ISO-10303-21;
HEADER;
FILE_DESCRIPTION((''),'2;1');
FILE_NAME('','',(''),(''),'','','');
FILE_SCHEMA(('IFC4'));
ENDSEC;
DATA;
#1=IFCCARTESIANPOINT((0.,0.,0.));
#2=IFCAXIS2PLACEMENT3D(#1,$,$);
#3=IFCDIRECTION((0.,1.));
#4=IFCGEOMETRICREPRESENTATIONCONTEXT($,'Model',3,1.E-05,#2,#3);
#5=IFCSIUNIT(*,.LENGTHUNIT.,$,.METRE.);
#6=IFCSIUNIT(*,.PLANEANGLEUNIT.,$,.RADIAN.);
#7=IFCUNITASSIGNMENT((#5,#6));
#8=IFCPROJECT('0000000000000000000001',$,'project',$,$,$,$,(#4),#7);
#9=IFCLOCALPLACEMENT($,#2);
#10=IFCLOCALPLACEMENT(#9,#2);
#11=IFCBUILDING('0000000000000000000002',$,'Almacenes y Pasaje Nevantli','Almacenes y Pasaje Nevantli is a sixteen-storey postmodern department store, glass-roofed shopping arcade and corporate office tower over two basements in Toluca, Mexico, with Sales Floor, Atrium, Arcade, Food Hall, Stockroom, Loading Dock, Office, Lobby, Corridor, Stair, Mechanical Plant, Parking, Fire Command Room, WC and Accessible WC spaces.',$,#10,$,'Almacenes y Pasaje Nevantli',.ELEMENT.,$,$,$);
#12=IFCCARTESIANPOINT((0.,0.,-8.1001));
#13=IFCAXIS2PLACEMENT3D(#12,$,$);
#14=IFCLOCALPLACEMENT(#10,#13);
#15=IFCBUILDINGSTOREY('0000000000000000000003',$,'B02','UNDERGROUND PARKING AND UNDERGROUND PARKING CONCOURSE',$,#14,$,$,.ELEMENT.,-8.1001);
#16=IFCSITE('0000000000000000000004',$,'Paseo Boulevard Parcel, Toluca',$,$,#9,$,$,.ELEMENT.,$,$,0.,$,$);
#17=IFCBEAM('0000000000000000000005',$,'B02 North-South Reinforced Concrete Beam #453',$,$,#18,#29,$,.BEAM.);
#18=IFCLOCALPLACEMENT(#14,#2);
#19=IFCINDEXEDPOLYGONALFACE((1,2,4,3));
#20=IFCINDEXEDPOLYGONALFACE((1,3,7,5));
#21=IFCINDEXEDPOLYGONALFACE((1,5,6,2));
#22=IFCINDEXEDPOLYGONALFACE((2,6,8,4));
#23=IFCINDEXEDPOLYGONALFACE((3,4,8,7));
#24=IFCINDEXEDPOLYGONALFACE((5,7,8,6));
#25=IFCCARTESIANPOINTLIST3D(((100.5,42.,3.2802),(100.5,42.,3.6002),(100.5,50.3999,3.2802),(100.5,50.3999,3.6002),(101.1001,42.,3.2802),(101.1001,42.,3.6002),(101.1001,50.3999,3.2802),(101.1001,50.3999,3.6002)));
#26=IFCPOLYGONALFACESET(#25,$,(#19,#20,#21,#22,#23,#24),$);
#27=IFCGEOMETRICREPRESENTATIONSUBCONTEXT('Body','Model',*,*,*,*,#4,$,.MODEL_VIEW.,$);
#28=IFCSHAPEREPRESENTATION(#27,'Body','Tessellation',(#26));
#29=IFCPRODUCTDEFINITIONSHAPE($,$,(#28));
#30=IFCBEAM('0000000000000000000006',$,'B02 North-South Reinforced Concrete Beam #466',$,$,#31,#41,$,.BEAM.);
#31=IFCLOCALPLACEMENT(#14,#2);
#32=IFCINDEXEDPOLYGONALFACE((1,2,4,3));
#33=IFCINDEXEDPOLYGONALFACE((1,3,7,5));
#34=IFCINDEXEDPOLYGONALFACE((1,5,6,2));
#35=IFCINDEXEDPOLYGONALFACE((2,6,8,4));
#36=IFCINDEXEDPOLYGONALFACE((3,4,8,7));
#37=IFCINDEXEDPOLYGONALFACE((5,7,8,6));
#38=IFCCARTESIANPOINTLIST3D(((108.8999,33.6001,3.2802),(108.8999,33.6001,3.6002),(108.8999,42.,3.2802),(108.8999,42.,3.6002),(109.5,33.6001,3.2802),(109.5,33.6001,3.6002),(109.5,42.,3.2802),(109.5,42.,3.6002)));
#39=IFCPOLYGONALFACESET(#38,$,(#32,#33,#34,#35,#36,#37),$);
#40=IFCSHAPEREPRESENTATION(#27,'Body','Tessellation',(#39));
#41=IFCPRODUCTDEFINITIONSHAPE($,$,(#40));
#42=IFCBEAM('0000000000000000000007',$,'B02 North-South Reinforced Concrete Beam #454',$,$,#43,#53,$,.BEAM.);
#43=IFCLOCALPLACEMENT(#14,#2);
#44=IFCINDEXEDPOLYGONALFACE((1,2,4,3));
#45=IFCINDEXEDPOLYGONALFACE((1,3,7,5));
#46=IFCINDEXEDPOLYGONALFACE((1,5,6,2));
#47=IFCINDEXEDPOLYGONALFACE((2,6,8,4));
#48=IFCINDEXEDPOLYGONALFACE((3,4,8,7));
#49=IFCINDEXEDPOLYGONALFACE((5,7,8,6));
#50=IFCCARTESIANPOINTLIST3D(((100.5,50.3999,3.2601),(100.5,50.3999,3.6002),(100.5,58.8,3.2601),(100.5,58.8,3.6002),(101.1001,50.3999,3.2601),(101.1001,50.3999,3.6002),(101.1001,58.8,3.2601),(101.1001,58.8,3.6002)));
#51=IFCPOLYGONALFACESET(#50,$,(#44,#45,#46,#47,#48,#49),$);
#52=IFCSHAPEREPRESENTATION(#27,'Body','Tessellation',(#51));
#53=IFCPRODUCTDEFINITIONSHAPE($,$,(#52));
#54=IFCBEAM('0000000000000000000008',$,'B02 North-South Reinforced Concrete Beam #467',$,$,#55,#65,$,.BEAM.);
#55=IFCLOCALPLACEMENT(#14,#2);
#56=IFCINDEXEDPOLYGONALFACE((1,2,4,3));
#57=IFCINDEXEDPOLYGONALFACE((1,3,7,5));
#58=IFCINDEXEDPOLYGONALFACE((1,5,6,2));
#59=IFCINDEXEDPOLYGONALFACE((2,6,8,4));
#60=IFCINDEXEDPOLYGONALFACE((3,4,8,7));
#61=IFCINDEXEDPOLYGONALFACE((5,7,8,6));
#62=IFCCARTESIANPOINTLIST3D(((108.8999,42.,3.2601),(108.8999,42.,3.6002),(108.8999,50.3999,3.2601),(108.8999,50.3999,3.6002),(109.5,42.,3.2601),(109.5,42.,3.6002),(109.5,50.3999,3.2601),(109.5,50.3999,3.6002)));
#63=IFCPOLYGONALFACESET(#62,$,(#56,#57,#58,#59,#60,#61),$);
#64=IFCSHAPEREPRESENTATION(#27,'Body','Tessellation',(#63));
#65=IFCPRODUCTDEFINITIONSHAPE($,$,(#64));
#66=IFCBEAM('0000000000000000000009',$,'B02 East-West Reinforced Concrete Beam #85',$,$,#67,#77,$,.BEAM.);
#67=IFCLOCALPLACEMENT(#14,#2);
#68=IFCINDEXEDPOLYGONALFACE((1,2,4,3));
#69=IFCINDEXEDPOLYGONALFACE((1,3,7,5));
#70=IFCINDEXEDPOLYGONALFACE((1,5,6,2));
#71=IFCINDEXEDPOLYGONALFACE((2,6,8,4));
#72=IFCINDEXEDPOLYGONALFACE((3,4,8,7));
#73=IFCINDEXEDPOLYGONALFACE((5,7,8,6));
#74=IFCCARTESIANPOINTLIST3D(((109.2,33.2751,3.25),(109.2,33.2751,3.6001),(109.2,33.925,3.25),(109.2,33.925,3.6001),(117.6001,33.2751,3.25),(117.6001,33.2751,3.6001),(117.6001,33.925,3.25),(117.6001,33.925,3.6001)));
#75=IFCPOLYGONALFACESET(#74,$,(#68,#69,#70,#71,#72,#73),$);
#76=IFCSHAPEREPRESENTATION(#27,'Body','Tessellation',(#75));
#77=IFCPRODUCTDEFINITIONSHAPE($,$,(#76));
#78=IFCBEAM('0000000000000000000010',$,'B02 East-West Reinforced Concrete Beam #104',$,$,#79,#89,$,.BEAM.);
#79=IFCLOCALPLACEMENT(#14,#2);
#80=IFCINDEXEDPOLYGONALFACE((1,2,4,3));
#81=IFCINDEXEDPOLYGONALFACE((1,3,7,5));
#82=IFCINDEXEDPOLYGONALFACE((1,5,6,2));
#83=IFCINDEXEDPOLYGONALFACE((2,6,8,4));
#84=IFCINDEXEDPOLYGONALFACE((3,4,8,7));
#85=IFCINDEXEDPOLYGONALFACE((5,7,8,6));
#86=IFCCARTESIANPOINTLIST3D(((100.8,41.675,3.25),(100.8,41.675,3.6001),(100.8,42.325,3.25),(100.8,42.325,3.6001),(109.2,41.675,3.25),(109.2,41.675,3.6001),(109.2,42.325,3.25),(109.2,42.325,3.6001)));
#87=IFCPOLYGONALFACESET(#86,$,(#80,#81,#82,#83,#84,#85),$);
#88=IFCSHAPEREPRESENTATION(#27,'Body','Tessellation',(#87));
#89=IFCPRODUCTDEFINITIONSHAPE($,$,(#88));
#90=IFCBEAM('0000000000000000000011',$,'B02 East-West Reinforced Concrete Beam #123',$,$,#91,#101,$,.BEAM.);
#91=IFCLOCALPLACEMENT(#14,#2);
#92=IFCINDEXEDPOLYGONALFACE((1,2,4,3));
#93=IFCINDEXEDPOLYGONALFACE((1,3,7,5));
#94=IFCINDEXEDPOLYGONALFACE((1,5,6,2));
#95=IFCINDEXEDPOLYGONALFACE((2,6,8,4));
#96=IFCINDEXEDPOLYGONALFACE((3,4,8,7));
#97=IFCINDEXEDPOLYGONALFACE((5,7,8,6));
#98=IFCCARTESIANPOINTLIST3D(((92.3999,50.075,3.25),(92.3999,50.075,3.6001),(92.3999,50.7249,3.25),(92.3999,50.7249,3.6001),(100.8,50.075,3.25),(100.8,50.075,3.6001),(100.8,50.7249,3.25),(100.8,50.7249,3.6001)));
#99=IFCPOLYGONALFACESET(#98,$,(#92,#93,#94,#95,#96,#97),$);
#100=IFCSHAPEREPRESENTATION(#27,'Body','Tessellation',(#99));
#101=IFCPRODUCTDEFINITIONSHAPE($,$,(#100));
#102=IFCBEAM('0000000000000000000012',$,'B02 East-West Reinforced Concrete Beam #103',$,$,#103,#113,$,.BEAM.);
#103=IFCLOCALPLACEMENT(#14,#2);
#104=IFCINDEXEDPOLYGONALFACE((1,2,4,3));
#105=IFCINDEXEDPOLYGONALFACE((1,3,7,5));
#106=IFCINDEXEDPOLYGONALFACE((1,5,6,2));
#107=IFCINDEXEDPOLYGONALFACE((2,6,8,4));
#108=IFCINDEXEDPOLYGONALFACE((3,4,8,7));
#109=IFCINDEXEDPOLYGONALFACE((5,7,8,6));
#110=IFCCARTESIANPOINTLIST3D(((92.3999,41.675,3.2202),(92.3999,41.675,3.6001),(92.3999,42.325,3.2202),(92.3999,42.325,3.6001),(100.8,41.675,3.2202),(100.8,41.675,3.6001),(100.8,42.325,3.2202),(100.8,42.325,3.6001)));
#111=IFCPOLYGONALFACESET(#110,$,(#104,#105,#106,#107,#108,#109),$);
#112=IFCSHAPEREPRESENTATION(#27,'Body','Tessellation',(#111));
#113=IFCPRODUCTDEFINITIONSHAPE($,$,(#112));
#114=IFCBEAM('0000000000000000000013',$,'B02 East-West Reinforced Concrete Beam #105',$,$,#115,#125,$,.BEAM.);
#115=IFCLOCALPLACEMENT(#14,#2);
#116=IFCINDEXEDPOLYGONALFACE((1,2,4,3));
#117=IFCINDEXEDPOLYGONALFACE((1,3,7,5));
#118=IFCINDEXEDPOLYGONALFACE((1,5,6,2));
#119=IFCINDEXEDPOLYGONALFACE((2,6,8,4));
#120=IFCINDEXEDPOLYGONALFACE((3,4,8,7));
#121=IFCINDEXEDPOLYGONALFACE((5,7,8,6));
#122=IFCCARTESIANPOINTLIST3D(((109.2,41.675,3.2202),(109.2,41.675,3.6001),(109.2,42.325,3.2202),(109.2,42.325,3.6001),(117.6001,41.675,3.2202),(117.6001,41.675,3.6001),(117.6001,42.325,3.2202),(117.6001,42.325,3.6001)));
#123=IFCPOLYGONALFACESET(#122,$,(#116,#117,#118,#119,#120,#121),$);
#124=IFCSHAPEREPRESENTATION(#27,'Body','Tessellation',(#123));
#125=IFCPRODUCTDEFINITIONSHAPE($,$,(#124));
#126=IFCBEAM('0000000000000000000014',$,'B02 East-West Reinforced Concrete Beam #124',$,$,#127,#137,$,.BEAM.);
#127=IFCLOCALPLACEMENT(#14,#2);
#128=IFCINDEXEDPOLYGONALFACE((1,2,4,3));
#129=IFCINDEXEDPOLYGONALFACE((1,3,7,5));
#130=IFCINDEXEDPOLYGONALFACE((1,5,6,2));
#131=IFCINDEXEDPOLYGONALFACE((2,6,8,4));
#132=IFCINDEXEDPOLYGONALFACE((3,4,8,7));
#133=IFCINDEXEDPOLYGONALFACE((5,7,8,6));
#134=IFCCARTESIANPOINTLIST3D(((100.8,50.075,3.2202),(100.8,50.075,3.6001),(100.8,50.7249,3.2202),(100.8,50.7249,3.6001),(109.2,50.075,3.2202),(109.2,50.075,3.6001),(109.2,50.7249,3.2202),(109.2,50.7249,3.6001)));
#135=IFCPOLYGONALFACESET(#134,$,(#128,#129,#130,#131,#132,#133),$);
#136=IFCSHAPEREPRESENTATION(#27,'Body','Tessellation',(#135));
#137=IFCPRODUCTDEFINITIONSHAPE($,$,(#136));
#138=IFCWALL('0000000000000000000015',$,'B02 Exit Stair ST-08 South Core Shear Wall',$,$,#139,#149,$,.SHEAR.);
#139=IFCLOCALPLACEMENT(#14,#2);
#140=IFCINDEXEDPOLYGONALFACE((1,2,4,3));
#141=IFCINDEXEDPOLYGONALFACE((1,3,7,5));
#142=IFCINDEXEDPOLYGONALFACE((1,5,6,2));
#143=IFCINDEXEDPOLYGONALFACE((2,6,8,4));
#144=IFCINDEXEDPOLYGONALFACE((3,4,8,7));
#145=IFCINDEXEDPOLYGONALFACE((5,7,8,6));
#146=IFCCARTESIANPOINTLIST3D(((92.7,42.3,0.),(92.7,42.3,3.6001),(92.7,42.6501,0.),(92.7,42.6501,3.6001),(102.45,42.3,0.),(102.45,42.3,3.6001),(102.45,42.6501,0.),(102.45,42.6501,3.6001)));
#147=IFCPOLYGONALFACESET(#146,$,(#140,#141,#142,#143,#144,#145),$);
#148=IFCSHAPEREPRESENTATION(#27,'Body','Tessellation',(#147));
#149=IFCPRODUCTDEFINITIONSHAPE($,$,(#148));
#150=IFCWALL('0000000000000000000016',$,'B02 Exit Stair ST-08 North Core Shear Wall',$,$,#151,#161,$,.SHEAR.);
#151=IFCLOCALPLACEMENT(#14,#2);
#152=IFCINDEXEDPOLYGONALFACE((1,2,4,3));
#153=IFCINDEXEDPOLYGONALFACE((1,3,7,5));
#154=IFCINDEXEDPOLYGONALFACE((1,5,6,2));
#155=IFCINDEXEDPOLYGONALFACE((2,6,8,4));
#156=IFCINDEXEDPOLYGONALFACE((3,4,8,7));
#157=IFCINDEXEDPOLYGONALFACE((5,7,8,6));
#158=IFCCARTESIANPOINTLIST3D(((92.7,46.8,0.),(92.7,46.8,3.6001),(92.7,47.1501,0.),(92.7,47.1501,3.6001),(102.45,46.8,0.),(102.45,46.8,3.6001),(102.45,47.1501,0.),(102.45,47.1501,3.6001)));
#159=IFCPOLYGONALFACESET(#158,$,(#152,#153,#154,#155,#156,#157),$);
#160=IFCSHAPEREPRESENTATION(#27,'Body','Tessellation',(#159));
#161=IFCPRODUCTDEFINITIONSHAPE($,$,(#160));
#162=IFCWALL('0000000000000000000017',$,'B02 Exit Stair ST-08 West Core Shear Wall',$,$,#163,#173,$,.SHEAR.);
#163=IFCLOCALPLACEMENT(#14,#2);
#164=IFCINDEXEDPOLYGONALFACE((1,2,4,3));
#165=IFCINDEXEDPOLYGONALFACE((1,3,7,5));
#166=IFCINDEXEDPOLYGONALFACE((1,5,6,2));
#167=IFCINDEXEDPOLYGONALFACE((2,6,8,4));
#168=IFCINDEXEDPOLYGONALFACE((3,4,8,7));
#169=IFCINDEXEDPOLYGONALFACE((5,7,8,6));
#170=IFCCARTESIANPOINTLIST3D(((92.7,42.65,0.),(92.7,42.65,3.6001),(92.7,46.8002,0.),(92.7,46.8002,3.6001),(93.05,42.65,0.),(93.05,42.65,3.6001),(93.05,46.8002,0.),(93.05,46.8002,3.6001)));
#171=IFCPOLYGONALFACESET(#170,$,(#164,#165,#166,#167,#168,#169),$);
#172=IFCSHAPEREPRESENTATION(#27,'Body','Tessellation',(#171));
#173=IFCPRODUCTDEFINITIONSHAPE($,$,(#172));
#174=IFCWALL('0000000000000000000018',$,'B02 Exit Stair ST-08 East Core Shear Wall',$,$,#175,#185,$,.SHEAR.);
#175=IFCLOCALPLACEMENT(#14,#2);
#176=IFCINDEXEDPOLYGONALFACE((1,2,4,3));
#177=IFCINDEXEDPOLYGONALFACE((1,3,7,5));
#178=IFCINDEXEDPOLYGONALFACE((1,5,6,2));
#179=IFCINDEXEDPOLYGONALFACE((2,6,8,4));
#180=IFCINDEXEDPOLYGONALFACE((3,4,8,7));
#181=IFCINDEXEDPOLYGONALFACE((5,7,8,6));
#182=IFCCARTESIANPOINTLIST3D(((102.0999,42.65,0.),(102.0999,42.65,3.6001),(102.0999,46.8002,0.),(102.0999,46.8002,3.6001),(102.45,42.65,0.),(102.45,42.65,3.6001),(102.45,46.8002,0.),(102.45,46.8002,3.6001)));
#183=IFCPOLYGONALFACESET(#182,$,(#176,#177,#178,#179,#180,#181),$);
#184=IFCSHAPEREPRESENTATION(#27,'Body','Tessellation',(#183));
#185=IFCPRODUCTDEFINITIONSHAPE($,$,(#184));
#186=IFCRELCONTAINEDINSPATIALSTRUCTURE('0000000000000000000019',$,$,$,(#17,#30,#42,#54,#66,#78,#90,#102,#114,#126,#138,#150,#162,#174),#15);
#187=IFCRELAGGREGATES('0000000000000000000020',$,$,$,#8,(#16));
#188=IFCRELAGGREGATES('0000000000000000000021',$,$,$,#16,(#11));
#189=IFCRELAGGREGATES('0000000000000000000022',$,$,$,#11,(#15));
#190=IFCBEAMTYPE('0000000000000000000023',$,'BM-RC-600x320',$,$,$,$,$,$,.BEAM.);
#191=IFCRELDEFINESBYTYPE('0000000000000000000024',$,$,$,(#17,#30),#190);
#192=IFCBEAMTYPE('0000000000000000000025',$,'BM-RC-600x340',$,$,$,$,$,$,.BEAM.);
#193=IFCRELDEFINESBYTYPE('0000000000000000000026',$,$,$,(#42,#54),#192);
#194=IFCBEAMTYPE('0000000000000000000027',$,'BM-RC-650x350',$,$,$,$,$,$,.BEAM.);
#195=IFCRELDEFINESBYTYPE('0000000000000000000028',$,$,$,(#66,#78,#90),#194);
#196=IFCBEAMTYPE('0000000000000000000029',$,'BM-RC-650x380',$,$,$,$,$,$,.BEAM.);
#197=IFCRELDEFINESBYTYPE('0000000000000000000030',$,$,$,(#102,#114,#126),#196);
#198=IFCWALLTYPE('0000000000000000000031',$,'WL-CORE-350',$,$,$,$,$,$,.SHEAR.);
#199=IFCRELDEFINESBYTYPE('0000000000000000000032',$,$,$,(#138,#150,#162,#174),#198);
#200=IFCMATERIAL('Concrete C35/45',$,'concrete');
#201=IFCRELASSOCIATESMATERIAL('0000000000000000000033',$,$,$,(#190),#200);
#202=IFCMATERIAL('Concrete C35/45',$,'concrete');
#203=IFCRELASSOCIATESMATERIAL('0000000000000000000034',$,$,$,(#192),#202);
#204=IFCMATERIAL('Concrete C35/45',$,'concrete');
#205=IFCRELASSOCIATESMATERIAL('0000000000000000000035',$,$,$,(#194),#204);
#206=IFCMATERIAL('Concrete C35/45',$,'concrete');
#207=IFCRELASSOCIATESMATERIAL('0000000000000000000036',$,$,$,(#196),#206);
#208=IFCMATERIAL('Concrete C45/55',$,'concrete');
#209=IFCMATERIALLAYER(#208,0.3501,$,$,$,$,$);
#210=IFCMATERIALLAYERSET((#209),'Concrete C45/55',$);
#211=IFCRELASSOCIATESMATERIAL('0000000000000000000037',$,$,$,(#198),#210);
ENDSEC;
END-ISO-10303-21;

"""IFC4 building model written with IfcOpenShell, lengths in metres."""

from ifc_helpers import new_model, si_unit, direction, frame, frame_2d, origin, origin_2d, place, context, subcontext, project, spatial, rectangle, extrude, material, layer, layer_set, material_profile, profile_set, type_object, element, save


model = new_model("IFC4")

# Units and contexts
model_context = context("Model", 3, precision=1e-05, world=origin(), true_north=direction((0.0, 1.0)))
body_context = subcontext(model_context, "Body", "Model", "MODEL_VIEW")
ifc_project = project(units=[si_unit("LENGTHUNIT", "METRE"), si_unit("PLANEANGLEUNIT", "RADIAN")], contexts=[model_context])

# Site, building, storey
site_placement = place(None, origin())
site = spatial("IfcSite", under=ifc_project, at=site_placement, Name="Paseo Boulevard Parcel, Toluca", CompositionType="ELEMENT", RefElevation=0.0)
building_placement = place(site_placement, origin())
building = spatial("IfcBuilding", under=site, at=building_placement, Name="Almacenes y Pasaje Nevantli", Description="Almacenes y Pasaje Nevantli is a sixteen-storey postmodern department store, glass-roofed shopping arcade and corporate office tower over two basements in Toluca, Mexico, with Sales Floor, Atrium, Arcade, Food Hall, Stockroom, Loading Dock, Office, Lobby, Corridor, Stair, Mechanical Plant, Parking, Fire Command Room, WC and Accessible WC spaces.", LongName="Almacenes y Pasaje Nevantli", CompositionType="ELEMENT")
storey_placement = place(building_placement, frame((0.0, 0.0, -8.1001)))
storey = spatial("IfcBuildingStorey", under=building, at=storey_placement, Name="B02", Description="UNDERGROUND PARKING AND UNDERGROUND PARKING CONCOURSE", CompositionType="ELEMENT", Elevation=-8.1001)

# Beams
ifc_material_1 = material(Name="Concrete C35/45", Category="concrete")
ifc_material_profile_1 = material_profile(ifc_material_1, rectangle(XDim=0.6001, YDim=0.3201, at=origin_2d()), Name="RC-BM-600x320")
ifc_profile_set_1 = profile_set([ifc_material_profile_1], Name="Concrete C35/45")
beam_type_1 = type_object("IfcBeamType", Name="BM-RC-600x320", PredefinedType="BEAM", material=ifc_profile_set_1)
for number, where, z_axis, x_axis, name in (
    (1, (100.8, 42.0, 3.4402), (0.0, 1.0, 0.0), (-1.0, 0.0, 0.0), "B02 North-South Reinforced Concrete Beam #453"),
    (2, (109.2, 33.6001, 3.4402), (0.0, 1.0, 0.0), (-1.0, 0.0, 0.0), "B02 North-South Reinforced Concrete Beam #466"),
):
    element("IfcBeam", number, at=place(storey_placement, frame(where, z_axis=z_axis, x_axis=x_axis)), inside=storey, type_object=beam_type_1, Name=name, PredefinedType="BEAM", context=body_context, shape_type="SweptSolid", body=[
        extrude(rectangle(XDim=0.6001, YDim=0.3201, at=origin_2d()), origin(), (0.0, 0.0, 1.0), 8.3999),
    ])
ifc_material_2 = material(Name="Concrete C35/45", Category="concrete")
ifc_material_profile_2 = material_profile(ifc_material_2, rectangle(XDim=0.6001, YDim=0.3401, at=origin_2d()), Name="RC-BM-600x340")
ifc_profile_set_2 = profile_set([ifc_material_profile_2], Name="Concrete C35/45")
beam_type_2 = type_object("IfcBeamType", Name="BM-RC-600x340", PredefinedType="BEAM", material=ifc_profile_set_2)
beam_1_placement = place(storey_placement, frame((100.8, 50.3999, 3.4302), z_axis=(0.0, 1.0, 0.0), x_axis=(-1.0, 0.0, 0.0)))
element("IfcBeam", 3, at=beam_1_placement, inside=storey, type_object=beam_type_2, Name="B02 North-South Reinforced Concrete Beam #454", PredefinedType="BEAM", context=body_context, shape_type="SweptSolid", body=[
    extrude(rectangle(XDim=0.6001, YDim=0.3401, at=origin_2d()), origin(), (0.0, 0.0, 1.0), 8.4001),
])
beam_2_placement = place(storey_placement, frame((109.2, 42.0, 3.4302), z_axis=(0.0, 1.0, 0.0), x_axis=(-1.0, 0.0, 0.0)))
element("IfcBeam", 4, at=beam_2_placement, inside=storey, type_object=beam_type_2, Name="B02 North-South Reinforced Concrete Beam #467", PredefinedType="BEAM", context=body_context, shape_type="SweptSolid", body=[
    extrude(rectangle(XDim=0.6001, YDim=0.3401, at=origin_2d()), origin(), (0.0, 0.0, 1.0), 8.3999),
])
ifc_material_3 = material(Name="Concrete C35/45", Category="concrete")
ifc_material_profile_3 = material_profile(ifc_material_3, rectangle(XDim=0.6499, YDim=0.3501, at=origin_2d()), Name="RC-BM-650x350")
ifc_profile_set_3 = profile_set([ifc_material_profile_3], Name="Concrete C35/45")
beam_type_3 = type_object("IfcBeamType", Name="BM-RC-650x350", PredefinedType="BEAM", material=ifc_profile_set_3)
beam_3_placement = place(storey_placement, frame((109.2, 33.6001, 3.425), z_axis=(1.0, 0.0, 0.0), x_axis=(0.0, 1.0, 0.0)))
element("IfcBeam", 5, at=beam_3_placement, inside=storey, type_object=beam_type_3, Name="B02 East-West Reinforced Concrete Beam #85", PredefinedType="BEAM", context=body_context, shape_type="SweptSolid", body=[
    extrude(rectangle(XDim=0.6499, YDim=0.3501, at=origin_2d()), origin(), (0.0, 0.0, 1.0), 8.4001),
])
beam_4_placement = place(storey_placement, frame((100.8, 42.0, 3.425), z_axis=(1.0, 0.0, 0.0), x_axis=(0.0, 1.0, 0.0)))
element("IfcBeam", 6, at=beam_4_placement, inside=storey, type_object=beam_type_3, Name="B02 East-West Reinforced Concrete Beam #104", PredefinedType="BEAM", context=body_context, shape_type="SweptSolid", body=[
    extrude(rectangle(XDim=0.6499, YDim=0.3501, at=origin_2d()), origin(), (0.0, 0.0, 1.0), 8.3999),
])
beam_5_placement = place(storey_placement, frame((92.3999, 50.3999, 3.425), z_axis=(1.0, 0.0, 0.0), x_axis=(0.0, 1.0, 0.0)))
element("IfcBeam", 7, at=beam_5_placement, inside=storey, type_object=beam_type_3, Name="B02 East-West Reinforced Concrete Beam #123", PredefinedType="BEAM", context=body_context, shape_type="SweptSolid", body=[
    extrude(rectangle(XDim=0.6499, YDim=0.3501, at=origin_2d()), origin(), (0.0, 0.0, 1.0), 8.4001),
])
ifc_material_4 = material(Name="Concrete C35/45", Category="concrete")
ifc_material_profile_4 = material_profile(ifc_material_4, rectangle(XDim=0.6499, YDim=0.3799, at=origin_2d()), Name="RC-BM-650x380")
ifc_profile_set_4 = profile_set([ifc_material_profile_4], Name="Concrete C35/45")
beam_type_4 = type_object("IfcBeamType", Name="BM-RC-650x380", PredefinedType="BEAM", material=ifc_profile_set_4)
for number, where, z_axis, x_axis, name in (
    (8, (92.3999, 42.0, 3.4102), (1.0, 0.0, 0.0), (0.0, 1.0, 0.0), "B02 East-West Reinforced Concrete Beam #103"),
    (9, (109.2, 42.0, 3.4102), (1.0, 0.0, 0.0), (0.0, 1.0, 0.0), "B02 East-West Reinforced Concrete Beam #105"),
):
    element("IfcBeam", number, at=place(storey_placement, frame(where, z_axis=z_axis, x_axis=x_axis)), inside=storey, type_object=beam_type_4, Name=name, PredefinedType="BEAM", context=body_context, shape_type="SweptSolid", body=[
        extrude(rectangle(XDim=0.6499, YDim=0.3799, at=origin_2d()), origin(), (0.0, 0.0, 1.0), 8.4001),
    ])
beam_6_placement = place(storey_placement, frame((100.8, 50.3999, 3.4102), z_axis=(1.0, 0.0, 0.0), x_axis=(0.0, 1.0, 0.0)))
element("IfcBeam", 10, at=beam_6_placement, inside=storey, type_object=beam_type_4, Name="B02 East-West Reinforced Concrete Beam #124", PredefinedType="BEAM", context=body_context, shape_type="SweptSolid", body=[
    extrude(rectangle(XDim=0.6499, YDim=0.3799, at=origin_2d()), origin(), (0.0, 0.0, 1.0), 8.3999),
])

# Walls
ifc_material_5 = material(Name="Concrete C45/55", Category="concrete")
ifc_layer_1 = layer(ifc_material_5, 0.3501)
ifc_layer_set_1 = layer_set([ifc_layer_1], Name="Concrete C45/55")
wall_type = type_object("IfcWallType", Name="WL-CORE-350", PredefinedType="SHEAR", material=ifc_layer_set_1)
for number, where, z_axis, x_axis, name in (
    (11, (92.7, 42.4751, 0.0), (0.0, 0.0, 1.0), (1.0, 0.0, 0.0), "B02 Exit Stair ST-08 South Core Shear Wall"),
    (12, (92.7, 46.9751, 0.0), (0.0, 0.0, 1.0), (1.0, 0.0, 0.0), "B02 Exit Stair ST-08 North Core Shear Wall"),
):
    element("IfcWall", number, at=place(storey_placement, frame(where, z_axis=z_axis, x_axis=x_axis)), inside=storey, type_object=wall_type, Name=name, PredefinedType="SHEAR", context=body_context, shape_type="SweptSolid", body=[
        extrude(rectangle(XDim=9.75, YDim=0.3501, at=frame_2d((4.875, 0.0))), origin(), (0.0, 0.0, 1.0), 3.6001),
    ])
for number, where, z_axis, x_axis, name in (
    (13, (92.875, 42.6499, 0.0), (0.0, 0.0, 1.0), (0.0, 1.0, 0.0), "B02 Exit Stair ST-08 West Core Shear Wall"),
    (14, (102.2749, 42.6499, 0.0), (0.0, 0.0, 1.0), (0.0, 1.0, 0.0), "B02 Exit Stair ST-08 East Core Shear Wall"),
):
    element("IfcWall", number, at=place(storey_placement, frame(where, z_axis=z_axis, x_axis=x_axis)), inside=storey, type_object=wall_type, Name=name, PredefinedType="SHEAR", context=body_context, shape_type="SweptSolid", body=[
        extrude(rectangle(XDim=4.1501, YDim=0.3501, at=frame_2d((2.0752, 0.0))), origin(), (0.0, 0.0, 1.0), 3.6001),
    ])

save(model, "model.ifc")
